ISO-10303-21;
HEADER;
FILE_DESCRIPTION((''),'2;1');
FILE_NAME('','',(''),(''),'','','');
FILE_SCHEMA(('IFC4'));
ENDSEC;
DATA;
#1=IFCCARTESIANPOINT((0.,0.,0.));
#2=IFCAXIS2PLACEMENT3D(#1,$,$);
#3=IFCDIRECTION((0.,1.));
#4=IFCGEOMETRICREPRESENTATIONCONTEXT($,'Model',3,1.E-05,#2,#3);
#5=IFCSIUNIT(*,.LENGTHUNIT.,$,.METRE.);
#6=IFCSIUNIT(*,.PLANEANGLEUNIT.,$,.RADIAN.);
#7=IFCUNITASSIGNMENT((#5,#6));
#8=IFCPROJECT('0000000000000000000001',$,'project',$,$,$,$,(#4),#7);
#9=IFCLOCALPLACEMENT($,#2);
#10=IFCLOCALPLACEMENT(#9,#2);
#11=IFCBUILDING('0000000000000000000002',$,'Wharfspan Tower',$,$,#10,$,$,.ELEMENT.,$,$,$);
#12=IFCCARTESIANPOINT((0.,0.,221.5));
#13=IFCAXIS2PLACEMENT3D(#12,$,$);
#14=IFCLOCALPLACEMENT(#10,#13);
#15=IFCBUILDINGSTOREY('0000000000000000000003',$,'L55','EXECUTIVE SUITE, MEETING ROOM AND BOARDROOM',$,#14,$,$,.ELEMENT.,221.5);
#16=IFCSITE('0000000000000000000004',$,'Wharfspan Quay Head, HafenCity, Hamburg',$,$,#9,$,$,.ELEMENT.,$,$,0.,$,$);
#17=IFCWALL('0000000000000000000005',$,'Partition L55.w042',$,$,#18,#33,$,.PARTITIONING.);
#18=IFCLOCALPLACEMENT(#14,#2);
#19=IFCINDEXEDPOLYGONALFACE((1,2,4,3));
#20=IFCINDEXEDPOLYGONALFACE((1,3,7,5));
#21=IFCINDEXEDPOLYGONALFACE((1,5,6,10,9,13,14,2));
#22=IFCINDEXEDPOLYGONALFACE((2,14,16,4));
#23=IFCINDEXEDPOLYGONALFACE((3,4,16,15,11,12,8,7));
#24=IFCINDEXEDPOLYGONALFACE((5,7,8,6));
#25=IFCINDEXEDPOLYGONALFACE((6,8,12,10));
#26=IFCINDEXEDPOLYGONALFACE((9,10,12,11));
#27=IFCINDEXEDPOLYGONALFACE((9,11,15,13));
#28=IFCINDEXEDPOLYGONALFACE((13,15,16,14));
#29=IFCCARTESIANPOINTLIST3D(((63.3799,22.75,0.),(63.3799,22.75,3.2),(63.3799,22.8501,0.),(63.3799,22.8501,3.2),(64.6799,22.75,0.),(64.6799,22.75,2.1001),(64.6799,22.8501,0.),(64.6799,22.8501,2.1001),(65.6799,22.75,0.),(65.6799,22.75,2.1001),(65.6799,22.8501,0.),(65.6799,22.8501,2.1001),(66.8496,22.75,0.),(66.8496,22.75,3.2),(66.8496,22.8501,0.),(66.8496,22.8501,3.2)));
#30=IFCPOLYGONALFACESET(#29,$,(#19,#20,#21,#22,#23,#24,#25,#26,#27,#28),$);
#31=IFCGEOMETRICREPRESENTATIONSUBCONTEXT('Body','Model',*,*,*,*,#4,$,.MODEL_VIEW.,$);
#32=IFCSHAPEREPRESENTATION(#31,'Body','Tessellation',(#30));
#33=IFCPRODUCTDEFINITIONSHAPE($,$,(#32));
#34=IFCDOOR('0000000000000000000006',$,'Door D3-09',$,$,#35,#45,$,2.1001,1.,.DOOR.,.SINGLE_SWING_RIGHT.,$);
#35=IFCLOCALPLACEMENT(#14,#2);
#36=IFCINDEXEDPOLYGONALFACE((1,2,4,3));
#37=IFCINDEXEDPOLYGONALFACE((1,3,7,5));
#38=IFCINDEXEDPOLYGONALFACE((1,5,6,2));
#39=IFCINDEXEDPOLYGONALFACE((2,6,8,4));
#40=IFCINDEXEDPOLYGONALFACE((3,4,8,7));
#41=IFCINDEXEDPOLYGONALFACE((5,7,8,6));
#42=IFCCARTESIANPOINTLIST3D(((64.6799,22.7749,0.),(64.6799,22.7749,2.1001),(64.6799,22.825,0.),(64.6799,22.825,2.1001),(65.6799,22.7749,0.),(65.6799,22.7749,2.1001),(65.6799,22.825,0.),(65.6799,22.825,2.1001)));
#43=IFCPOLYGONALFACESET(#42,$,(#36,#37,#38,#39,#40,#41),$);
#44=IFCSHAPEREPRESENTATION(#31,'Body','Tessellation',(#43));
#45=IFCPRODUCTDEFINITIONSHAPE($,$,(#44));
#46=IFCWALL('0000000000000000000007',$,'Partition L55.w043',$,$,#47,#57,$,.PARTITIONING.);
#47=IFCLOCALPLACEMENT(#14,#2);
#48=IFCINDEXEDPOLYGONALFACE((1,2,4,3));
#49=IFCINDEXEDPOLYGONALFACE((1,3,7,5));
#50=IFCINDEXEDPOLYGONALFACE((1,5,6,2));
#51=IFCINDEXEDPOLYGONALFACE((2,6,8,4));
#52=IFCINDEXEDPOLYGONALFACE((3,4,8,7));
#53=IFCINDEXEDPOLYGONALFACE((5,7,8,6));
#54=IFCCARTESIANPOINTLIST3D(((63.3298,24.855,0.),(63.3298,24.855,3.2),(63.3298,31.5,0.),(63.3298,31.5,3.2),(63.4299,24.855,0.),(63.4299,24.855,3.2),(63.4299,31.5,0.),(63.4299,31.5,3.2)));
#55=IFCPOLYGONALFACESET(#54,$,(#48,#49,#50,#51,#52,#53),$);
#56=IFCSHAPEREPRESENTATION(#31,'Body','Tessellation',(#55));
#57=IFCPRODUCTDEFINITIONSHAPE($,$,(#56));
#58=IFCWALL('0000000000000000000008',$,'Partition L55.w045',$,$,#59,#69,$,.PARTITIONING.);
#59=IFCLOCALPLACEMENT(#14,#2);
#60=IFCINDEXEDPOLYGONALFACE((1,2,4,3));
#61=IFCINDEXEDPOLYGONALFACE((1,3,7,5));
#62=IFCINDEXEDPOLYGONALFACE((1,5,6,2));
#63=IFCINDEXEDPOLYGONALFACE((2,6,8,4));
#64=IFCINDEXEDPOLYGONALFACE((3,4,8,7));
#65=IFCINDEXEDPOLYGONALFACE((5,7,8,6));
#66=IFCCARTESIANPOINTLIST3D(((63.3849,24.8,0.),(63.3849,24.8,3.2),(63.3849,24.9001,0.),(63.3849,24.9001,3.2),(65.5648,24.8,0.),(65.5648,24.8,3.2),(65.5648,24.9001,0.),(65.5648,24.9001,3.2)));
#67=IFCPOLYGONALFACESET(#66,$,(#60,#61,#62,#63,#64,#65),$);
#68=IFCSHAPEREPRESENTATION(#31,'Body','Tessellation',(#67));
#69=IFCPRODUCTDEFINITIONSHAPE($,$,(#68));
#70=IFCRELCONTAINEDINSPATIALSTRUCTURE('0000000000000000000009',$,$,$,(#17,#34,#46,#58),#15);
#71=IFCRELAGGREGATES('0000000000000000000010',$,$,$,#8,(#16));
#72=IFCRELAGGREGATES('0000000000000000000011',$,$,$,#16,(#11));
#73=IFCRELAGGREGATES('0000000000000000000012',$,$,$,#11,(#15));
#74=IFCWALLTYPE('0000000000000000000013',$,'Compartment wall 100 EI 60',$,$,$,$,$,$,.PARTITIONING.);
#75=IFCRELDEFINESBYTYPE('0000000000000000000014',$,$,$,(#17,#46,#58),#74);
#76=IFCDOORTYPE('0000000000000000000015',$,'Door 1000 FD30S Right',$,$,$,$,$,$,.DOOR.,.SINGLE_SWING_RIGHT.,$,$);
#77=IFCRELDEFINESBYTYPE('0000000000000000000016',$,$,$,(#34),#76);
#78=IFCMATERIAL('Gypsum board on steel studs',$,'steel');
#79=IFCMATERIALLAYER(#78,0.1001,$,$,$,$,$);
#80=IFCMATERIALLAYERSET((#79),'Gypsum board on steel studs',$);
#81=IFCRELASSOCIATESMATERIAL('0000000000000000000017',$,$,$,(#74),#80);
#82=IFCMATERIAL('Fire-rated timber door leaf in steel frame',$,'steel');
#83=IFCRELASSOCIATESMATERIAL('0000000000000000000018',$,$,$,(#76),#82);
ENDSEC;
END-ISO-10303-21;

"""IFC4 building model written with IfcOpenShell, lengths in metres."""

from ifc_helpers import new_model, si_unit, direction, frame, frame_2d, origin, place, context, subcontext, project, spatial, rectangle, extrude, material, layer, layer_set, type_object, element, fill, save


model = new_model("IFC4")

# Units and contexts
model_context = context("Model", 3, precision=1e-05, world=origin(), true_north=direction((0.0, 1.0)))
body_context = subcontext(model_context, "Body", "Model", "MODEL_VIEW")
ifc_project = project(units=[si_unit("LENGTHUNIT", "METRE"), si_unit("PLANEANGLEUNIT", "RADIAN")], contexts=[model_context])

# Site, building, storey
site_placement = place(None, origin())
site = spatial("IfcSite", under=ifc_project, at=site_placement, Name="Wharfspan Quay Head, HafenCity, Hamburg", CompositionType="ELEMENT", RefElevation=0.0)
building_placement = place(site_placement, origin())
building = spatial("IfcBuilding", under=site, at=building_placement, Name="Wharfspan Tower", CompositionType="ELEMENT")
storey_placement = place(building_placement, frame((0.0, 0.0, 221.5)))
storey = spatial("IfcBuildingStorey", under=building, at=storey_placement, Name="L55", Description="EXECUTIVE SUITE, MEETING ROOM AND BOARDROOM", CompositionType="ELEMENT", Elevation=221.5)

# Shared definitions
ifc_material_1 = material(Name="Gypsum board on steel studs", Category="steel")
ifc_layer_1 = layer(ifc_material_1, 0.1001)
ifc_layer_set_1 = layer_set([ifc_layer_1], Name="Gypsum board on steel studs")
wall_type = type_object("IfcWallType", Name="Compartment wall 100 EI 60", PredefinedType="PARTITIONING", material=ifc_layer_set_1)

# Shared definitions
ifc_material_2 = material(Name="Fire-rated timber door leaf in steel frame", Category="steel")
door_type = type_object("IfcDoorType", Name="Door 1000 FD30S Right", OperationType="SINGLE_SWING_RIGHT", PredefinedType="DOOR", material=ifc_material_2)

# Wall, opening, door
wall_1_placement = place(storey_placement, frame((63.3799, 22.8, 0.0), z_axis=(0.0, 0.0, 1.0), x_axis=(1.0, 0.0, 0.0)))
wall_1 = element("IfcWall", 1, at=wall_1_placement, inside=storey, type_object=wall_type, Name="Partition L55.w042", PredefinedType="PARTITIONING", context=body_context, shape_type="SweptSolid", body=[
    extrude(rectangle(XDim=3.4697, YDim=0.1001, at=frame_2d((1.7349, 0.0))), origin(), (0.0, 0.0, 1.0), 3.2),
])
opening_1_placement = place(wall_1_placement, frame((1.3, 0.0, 0.0)))
opening_1 = element("IfcOpeningElement", 2, at=opening_1_placement, cuts=wall_1, PredefinedType="OPENING", context=body_context, shape_type="SweptSolid", body=[
    extrude(rectangle(XDim=1.0, YDim=2.1001, at=frame_2d((0.5, 1.05))), frame((0.0, 0.0601, 0.0), z_axis=(0.0, -1.0, 0.0), x_axis=(1.0, 0.0, 0.0)), (0.0, 0.0, 1.0), 0.1201),
])
door_1_placement = place(opening_1_placement, origin())
door_1 = element("IfcDoor", 3, at=door_1_placement, inside=storey, type_object=door_type, Name="Door D3-09", OperationType="SINGLE_SWING_RIGHT", OverallHeight=2.1001, OverallWidth=1.0, PredefinedType="DOOR", context=body_context, shape_type="SweptSolid", body=[
    extrude(rectangle(XDim=1.0, YDim=2.1001, at=frame_2d((0.5, 1.05))), frame((0.0, 0.0249, 0.0), z_axis=(0.0, -1.0, 0.0), x_axis=(1.0, 0.0, 0.0)), (0.0, 0.0, 1.0), 0.05),
])
fill(opening_1, door_1)

# Walls
wall_2_placement = place(storey_placement, frame((63.3799, 24.855, 0.0), z_axis=(0.0, 0.0, 1.0), x_axis=(0.0, 1.0, 0.0)))
element("IfcWall", 4, at=wall_2_placement, inside=storey, type_object=wall_type, Name="Partition L55.w043", PredefinedType="PARTITIONING", context=body_context, shape_type="SweptSolid", body=[
    extrude(rectangle(XDim=6.645, YDim=0.1001, at=frame_2d((3.3225, 0.0))), origin(), (0.0, 0.0, 1.0), 3.2),
])
wall_3_placement = place(storey_placement, frame((63.385, 24.8501, 0.0), z_axis=(0.0, 0.0, 1.0), x_axis=(1.0, 0.0, 0.0)))
element("IfcWall", 5, at=wall_3_placement, inside=storey, type_object=wall_type, Name="Partition L55.w045", PredefinedType="PARTITIONING", context=body_context, shape_type="SweptSolid", body=[
    extrude(rectangle(XDim=2.1799, YDim=0.1001, at=frame_2d((1.0898, 0.0))), origin(), (0.0, 0.0, 1.0), 3.2),
])

save(model, "model.ifc")
